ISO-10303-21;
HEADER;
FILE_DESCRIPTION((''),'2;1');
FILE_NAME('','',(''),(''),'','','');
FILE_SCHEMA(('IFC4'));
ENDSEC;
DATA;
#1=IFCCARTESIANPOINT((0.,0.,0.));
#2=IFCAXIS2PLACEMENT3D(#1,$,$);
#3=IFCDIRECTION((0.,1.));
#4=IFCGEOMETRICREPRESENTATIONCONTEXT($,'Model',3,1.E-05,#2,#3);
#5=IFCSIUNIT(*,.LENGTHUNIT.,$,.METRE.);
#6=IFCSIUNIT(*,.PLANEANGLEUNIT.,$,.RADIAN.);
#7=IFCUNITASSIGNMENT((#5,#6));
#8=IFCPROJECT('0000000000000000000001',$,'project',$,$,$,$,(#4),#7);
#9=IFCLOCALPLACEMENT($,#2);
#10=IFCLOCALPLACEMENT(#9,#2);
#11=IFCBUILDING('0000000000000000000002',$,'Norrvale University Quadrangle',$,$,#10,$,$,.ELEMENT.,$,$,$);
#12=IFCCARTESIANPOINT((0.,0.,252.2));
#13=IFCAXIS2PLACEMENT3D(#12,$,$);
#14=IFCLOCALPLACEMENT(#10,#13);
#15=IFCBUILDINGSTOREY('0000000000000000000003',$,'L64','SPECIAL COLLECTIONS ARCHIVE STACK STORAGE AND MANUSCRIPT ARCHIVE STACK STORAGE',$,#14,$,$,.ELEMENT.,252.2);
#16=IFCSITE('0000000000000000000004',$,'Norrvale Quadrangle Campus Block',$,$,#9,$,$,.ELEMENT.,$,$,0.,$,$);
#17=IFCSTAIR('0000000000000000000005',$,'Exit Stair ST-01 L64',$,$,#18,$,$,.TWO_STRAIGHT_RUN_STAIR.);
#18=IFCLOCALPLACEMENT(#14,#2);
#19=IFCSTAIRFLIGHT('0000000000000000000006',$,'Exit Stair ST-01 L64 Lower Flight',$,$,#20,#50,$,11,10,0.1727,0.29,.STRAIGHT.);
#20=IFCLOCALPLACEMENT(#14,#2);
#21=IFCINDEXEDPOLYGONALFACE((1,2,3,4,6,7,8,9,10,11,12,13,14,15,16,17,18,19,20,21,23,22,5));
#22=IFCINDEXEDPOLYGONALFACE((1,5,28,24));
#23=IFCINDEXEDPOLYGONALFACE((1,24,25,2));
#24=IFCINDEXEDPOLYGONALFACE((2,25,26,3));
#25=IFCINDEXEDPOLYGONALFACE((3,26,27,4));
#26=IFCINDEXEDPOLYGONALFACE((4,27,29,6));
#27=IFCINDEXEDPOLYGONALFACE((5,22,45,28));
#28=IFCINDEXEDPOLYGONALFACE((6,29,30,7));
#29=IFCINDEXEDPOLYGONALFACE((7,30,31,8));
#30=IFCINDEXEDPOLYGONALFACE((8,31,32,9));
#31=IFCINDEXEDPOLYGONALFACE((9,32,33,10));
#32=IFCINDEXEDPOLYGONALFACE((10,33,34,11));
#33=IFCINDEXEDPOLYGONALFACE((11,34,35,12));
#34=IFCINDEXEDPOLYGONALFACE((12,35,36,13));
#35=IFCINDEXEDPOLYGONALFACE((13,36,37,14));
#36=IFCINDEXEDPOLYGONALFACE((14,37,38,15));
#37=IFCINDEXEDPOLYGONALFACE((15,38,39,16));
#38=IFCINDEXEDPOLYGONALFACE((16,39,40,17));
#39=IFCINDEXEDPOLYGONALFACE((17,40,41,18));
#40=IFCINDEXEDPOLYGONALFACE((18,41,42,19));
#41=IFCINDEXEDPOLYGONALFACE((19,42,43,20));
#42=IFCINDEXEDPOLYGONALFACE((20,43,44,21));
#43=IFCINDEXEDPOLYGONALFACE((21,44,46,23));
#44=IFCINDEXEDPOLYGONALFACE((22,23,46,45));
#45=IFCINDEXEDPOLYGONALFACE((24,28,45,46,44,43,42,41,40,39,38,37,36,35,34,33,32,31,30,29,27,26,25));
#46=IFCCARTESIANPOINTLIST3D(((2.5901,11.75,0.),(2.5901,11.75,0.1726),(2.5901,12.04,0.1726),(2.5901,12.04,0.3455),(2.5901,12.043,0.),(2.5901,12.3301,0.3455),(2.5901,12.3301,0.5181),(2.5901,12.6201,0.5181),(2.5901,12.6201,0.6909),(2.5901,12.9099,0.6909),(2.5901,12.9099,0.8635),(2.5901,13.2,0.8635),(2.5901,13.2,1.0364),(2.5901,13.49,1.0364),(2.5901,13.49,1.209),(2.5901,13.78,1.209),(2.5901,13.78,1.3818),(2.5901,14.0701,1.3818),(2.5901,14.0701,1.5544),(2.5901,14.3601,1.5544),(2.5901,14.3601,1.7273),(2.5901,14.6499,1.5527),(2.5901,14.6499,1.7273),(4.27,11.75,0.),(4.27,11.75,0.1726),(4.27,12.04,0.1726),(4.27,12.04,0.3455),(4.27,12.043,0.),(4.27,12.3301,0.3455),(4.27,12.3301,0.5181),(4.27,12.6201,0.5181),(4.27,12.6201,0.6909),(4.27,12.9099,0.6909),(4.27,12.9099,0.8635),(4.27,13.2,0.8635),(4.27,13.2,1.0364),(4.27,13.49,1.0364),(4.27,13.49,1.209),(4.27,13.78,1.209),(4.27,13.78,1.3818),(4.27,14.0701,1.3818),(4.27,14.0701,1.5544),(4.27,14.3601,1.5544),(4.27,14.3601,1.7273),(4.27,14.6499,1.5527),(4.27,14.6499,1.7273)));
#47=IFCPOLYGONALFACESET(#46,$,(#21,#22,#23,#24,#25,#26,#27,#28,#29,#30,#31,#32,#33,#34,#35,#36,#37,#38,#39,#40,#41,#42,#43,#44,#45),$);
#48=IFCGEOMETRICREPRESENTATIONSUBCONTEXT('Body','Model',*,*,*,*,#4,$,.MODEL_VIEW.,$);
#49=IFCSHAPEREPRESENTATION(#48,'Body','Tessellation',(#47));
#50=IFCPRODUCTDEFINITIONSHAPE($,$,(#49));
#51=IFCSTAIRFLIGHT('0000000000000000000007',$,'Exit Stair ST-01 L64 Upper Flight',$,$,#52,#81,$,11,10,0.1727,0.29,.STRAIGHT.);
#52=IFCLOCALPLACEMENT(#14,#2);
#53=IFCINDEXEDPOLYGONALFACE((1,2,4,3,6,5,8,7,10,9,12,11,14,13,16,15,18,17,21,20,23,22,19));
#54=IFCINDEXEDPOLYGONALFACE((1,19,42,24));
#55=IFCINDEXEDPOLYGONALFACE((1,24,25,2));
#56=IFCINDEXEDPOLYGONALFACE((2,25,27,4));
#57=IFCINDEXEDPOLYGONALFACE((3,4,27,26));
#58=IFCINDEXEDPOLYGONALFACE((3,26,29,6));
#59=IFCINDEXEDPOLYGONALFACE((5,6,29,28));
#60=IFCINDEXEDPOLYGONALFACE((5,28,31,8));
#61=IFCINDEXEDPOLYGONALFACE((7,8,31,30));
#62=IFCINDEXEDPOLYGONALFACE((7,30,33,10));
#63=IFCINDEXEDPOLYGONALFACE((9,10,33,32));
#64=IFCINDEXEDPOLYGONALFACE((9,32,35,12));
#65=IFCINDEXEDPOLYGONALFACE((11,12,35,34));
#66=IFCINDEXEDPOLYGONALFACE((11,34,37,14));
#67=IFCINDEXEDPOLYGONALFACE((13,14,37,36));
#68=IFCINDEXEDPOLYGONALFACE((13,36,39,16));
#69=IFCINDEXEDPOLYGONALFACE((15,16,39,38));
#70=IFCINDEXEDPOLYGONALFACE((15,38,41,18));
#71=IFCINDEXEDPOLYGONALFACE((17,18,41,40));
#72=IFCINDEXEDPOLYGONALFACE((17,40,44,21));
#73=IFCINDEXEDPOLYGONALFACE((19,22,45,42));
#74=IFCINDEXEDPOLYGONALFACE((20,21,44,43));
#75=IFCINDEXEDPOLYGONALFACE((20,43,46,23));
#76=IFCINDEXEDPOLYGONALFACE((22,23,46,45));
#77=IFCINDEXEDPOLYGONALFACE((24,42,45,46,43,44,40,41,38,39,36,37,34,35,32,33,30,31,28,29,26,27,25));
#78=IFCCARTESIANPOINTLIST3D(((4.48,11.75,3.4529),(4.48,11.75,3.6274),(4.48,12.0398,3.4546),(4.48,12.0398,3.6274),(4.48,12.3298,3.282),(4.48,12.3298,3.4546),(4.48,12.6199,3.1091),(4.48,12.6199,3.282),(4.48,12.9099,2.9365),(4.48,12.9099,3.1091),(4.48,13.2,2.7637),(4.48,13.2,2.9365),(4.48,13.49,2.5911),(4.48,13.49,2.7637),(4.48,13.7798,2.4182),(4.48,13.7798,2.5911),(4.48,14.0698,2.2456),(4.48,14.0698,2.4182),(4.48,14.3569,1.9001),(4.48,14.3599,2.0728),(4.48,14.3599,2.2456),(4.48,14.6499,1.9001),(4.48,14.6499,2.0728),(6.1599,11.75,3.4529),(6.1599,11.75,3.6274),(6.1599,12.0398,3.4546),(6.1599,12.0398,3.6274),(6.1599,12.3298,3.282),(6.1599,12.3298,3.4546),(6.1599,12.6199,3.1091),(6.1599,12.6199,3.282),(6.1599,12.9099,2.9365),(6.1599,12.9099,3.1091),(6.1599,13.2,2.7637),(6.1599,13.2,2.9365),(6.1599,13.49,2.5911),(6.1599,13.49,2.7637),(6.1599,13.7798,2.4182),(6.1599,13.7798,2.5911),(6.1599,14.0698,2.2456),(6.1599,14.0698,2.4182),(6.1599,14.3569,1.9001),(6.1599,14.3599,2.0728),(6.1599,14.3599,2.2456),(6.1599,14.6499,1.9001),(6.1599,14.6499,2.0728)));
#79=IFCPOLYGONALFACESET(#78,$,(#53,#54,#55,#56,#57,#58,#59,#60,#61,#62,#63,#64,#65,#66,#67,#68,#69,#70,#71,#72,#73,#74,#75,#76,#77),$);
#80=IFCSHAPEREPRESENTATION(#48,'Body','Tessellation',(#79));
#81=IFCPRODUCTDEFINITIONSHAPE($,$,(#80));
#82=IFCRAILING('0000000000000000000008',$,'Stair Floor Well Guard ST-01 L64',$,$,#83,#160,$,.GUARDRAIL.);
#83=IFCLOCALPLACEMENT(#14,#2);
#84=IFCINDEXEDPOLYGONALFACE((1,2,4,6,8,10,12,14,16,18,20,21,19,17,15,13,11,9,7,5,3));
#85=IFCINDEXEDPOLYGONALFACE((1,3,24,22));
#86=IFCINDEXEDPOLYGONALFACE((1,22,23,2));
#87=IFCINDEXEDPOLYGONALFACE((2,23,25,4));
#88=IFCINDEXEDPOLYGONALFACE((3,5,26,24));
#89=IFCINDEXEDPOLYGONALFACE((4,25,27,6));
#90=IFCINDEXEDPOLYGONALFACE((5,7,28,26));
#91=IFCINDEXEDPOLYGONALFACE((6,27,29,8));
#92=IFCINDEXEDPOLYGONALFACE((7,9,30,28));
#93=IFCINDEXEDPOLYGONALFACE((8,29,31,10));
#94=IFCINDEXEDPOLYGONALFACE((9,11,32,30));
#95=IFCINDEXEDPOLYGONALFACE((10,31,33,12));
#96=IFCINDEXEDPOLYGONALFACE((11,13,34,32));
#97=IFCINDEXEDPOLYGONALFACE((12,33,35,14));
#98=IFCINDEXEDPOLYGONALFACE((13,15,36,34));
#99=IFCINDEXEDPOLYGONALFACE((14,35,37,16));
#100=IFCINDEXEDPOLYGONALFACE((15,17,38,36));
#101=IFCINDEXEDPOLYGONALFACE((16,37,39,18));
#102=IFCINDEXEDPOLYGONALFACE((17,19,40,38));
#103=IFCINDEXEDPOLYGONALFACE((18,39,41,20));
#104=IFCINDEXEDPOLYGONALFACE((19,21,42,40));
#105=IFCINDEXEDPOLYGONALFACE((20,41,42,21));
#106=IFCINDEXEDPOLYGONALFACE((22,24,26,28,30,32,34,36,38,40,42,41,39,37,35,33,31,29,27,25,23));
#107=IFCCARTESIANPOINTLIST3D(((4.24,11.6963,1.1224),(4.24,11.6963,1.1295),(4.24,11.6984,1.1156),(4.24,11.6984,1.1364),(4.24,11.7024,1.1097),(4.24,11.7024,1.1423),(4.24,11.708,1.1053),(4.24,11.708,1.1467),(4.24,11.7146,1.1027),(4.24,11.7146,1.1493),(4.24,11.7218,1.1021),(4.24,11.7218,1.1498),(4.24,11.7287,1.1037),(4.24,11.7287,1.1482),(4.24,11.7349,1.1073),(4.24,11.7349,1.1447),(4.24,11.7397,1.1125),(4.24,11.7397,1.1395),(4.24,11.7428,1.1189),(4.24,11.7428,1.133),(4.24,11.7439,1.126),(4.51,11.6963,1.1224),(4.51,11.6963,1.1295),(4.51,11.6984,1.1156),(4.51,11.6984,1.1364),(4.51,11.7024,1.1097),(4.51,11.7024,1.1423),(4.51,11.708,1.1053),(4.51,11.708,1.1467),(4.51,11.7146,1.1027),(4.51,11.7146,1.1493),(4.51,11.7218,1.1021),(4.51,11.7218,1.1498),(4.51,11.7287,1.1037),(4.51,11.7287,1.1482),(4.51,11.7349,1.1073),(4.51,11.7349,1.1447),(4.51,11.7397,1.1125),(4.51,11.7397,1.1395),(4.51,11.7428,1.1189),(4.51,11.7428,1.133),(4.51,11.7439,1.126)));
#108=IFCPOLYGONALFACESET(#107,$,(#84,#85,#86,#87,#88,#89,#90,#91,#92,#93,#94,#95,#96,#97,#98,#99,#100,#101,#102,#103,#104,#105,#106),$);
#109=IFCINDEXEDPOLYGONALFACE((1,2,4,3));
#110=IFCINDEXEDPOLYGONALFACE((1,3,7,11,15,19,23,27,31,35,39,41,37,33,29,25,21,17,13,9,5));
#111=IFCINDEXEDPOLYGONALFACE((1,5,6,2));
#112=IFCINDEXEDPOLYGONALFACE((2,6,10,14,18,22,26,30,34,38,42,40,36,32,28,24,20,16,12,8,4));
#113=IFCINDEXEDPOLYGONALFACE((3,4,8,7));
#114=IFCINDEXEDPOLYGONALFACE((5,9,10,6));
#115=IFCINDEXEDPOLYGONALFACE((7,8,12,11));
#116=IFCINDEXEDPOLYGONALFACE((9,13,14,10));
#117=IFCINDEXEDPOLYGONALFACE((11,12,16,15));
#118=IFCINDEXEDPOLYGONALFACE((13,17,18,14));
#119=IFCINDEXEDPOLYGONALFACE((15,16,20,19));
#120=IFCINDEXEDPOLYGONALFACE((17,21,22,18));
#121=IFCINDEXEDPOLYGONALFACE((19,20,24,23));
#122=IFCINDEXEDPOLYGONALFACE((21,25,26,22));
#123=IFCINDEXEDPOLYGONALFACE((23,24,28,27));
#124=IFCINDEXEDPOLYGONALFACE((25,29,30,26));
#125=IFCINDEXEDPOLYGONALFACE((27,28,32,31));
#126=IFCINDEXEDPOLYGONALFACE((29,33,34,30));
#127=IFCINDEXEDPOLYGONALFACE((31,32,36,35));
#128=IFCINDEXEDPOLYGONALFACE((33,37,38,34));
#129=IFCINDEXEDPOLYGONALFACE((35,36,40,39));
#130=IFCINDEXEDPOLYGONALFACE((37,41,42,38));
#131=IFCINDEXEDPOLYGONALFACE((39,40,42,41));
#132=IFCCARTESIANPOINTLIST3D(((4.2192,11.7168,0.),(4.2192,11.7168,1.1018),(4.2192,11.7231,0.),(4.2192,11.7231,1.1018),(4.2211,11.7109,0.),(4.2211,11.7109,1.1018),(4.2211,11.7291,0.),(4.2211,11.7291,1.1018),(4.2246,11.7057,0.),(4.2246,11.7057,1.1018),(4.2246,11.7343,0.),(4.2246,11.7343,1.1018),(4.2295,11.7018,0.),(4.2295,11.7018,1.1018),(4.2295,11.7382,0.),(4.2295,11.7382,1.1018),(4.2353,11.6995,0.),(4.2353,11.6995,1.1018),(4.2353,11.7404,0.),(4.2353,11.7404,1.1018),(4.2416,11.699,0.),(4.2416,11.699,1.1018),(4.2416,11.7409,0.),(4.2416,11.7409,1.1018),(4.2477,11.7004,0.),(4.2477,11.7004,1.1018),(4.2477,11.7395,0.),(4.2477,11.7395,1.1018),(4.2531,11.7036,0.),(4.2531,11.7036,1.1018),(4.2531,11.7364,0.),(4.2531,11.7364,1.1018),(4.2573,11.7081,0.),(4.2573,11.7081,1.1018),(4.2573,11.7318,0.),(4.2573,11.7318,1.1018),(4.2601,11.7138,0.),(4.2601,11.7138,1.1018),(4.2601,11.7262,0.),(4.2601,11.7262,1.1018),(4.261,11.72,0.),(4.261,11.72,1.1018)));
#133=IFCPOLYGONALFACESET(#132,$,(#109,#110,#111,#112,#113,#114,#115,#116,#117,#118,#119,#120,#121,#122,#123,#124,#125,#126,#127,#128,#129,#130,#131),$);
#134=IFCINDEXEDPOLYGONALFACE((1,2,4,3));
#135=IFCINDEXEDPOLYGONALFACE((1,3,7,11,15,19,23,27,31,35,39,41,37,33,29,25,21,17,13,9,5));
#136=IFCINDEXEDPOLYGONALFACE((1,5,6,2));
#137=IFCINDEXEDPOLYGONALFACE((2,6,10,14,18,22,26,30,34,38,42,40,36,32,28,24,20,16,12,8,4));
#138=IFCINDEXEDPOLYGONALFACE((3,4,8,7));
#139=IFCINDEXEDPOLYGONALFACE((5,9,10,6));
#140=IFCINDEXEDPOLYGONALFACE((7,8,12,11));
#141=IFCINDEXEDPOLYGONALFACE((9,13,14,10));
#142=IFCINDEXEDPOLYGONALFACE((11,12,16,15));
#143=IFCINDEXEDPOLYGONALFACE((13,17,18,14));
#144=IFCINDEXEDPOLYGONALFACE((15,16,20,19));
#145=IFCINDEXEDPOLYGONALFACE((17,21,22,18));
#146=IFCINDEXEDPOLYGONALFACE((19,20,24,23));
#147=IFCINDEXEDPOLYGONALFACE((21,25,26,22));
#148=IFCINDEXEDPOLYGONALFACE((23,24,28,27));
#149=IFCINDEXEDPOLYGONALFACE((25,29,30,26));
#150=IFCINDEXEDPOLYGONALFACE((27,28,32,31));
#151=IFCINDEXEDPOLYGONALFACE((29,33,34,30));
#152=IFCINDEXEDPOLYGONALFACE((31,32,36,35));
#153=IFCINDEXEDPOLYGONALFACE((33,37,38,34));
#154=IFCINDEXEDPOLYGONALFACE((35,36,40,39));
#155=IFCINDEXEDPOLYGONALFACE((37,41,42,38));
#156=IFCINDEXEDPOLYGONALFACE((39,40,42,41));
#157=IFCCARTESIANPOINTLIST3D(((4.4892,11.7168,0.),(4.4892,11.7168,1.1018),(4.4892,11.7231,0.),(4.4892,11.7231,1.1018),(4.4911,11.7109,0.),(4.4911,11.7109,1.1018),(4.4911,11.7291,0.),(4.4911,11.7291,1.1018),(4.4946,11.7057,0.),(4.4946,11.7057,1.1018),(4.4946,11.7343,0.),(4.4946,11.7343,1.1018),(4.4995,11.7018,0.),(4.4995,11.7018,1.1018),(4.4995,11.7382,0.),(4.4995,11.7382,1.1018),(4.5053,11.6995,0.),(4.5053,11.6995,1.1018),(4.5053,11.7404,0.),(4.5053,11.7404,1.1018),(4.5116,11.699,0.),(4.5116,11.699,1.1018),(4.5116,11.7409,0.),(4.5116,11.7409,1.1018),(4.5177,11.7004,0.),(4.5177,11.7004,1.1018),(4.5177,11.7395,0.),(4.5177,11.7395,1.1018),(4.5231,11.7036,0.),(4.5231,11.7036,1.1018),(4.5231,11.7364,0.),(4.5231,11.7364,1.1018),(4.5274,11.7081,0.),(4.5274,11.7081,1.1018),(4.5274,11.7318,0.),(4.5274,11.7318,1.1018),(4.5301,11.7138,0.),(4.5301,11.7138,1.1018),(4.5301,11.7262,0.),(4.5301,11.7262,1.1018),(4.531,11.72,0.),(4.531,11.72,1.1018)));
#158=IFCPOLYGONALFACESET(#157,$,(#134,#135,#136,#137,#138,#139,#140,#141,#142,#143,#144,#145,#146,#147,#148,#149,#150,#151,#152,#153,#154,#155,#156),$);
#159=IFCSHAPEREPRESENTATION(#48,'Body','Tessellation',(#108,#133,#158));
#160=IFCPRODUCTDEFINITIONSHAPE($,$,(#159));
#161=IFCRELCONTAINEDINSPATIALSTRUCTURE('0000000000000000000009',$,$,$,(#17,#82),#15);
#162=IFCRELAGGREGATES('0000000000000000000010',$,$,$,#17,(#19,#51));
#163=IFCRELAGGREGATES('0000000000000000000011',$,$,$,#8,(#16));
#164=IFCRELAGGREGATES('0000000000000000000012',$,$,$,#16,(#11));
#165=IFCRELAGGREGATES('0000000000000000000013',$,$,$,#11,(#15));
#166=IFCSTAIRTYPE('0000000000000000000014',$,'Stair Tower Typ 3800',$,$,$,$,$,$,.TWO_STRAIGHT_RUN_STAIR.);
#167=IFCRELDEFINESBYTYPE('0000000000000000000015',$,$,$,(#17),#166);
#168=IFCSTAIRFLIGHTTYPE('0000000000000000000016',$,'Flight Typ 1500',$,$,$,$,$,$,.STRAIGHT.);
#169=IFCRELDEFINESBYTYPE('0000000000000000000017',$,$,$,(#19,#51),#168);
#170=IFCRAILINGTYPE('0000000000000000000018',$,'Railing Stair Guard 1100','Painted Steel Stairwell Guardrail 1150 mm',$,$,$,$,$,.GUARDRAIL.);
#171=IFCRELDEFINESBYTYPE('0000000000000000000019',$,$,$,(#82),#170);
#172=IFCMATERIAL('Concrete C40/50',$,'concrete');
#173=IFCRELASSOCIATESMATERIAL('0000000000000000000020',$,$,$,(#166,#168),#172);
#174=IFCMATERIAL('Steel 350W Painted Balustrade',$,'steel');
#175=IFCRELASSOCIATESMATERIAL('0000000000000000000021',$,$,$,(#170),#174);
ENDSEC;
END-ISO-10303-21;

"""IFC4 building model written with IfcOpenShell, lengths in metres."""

from ifc_helpers import new_model, si_unit, direction, frame, origin, origin_2d, place, context, subcontext, project, spatial, polyline, circle, outline, extrude, material, type_object, element, aggregate, save


model = new_model("IFC4")

# Units and contexts
model_context = context("Model", 3, precision=1e-05, world=origin(), true_north=direction((0.0, 1.0)))
body_context = subcontext(model_context, "Body", "Model", "MODEL_VIEW")
ifc_project = project(units=[si_unit("LENGTHUNIT", "METRE"), si_unit("PLANEANGLEUNIT", "RADIAN")], contexts=[model_context])

# Site, building, storey
site_placement = place(None, origin())
site = spatial("IfcSite", under=ifc_project, at=site_placement, Name="Norrvale Quadrangle Campus Block", CompositionType="ELEMENT", RefElevation=0.0)
building_placement = place(site_placement, origin())
building = spatial("IfcBuilding", under=site, at=building_placement, Name="Norrvale University Quadrangle", CompositionType="ELEMENT")
storey_placement = place(building_placement, frame((0.0, 0.0, 252.2)))
storey = spatial("IfcBuildingStorey", under=building, at=storey_placement, Name="L64", Description="SPECIAL COLLECTIONS ARCHIVE STACK STORAGE AND MANUSCRIPT ARCHIVE STACK STORAGE", CompositionType="ELEMENT", Elevation=252.2)

# Stair, stair flights
ifc_material_1 = material(Name="Concrete C40/50", Category="concrete")
stair_type = type_object("IfcStairType", Name="Stair Tower Typ 3800", PredefinedType="TWO_STRAIGHT_RUN_STAIR", material=ifc_material_1)
stair_placement = place(storey_placement, origin())
stair = element("IfcStair", 1, at=stair_placement, inside=storey, type_object=stair_type, Name="Exit Stair ST-01 L64", PredefinedType="TWO_STRAIGHT_RUN_STAIR")
stair_flight_type = type_object("IfcStairFlightType", Name="Flight Typ 1500", PredefinedType="STRAIGHT", material=ifc_material_1)
stair_flight_1_placement = place(storey_placement, frame((3.4299, 11.75, 0.0), z_axis=(0.0, 0.0, 1.0), x_axis=(0.0, 1.0, 0.0)))
stair_flight_1 = element("IfcStairFlight", 2, at=stair_flight_1_placement, type_object=stair_flight_type, Name="Exit Stair ST-01 L64 Lower Flight", NumberOfRisers=11, NumberOfTreads=10, PredefinedType="STRAIGHT", RiserHeight=0.1727, TreadLength=0.29, context=body_context, shape_type="SweptSolid", body=[
    extrude(outline(polyline([(0.0, 0.0), (0.0, 0.1726), (0.29, 0.1726), (0.29, 0.3455), (0.5801, 0.3455), (0.5801, 0.5181), (0.8701, 0.5181), (0.8701, 0.6909), (1.1599, 0.6909), (1.1599, 0.8635), (1.45, 0.8635), (1.45, 1.0364), (1.74, 1.0364), (1.74, 1.209), (2.03, 1.209), (2.03, 1.3818), (2.3201, 1.3818), (2.3201, 1.5544), (2.6101, 1.5544), (2.6101, 1.7273), (2.8999, 1.7273), (2.8999, 1.8999), (2.8999, 1.5527), (0.293, 0.0), (0.0, 0.0)])), frame((0.0, 0.8398, 0.0), z_axis=(0.0, -1.0, 0.0), x_axis=(1.0, 0.0, 0.0)), (0.0, 0.0, 1.0), 1.6799),
])
stair_flight_2_placement = place(storey_placement, frame((5.3201, 14.6499, 1.9001), z_axis=(0.0, 0.0, 1.0), x_axis=(0.0, -1.0, 0.0)))
stair_flight_2 = element("IfcStairFlight", 3, at=stair_flight_2_placement, type_object=stair_flight_type, Name="Exit Stair ST-01 L64 Upper Flight", NumberOfRisers=11, NumberOfTreads=10, PredefinedType="STRAIGHT", RiserHeight=0.1727, TreadLength=0.29, context=body_context, shape_type="SweptSolid", body=[
    extrude(outline(polyline([(0.0, 0.0), (0.0, 0.1726), (0.29, 0.1726), (0.29, 0.3455), (0.5801, 0.3455), (0.5801, 0.5181), (0.8701, 0.5181), (0.8701, 0.6909), (1.1599, 0.6909), (1.1599, 0.8635), (1.45, 0.8635), (1.45, 1.0364), (1.74, 1.0364), (1.74, 1.209), (2.03, 1.209), (2.03, 1.3818), (2.3201, 1.3818), (2.3201, 1.5544), (2.6101, 1.5544), (2.6101, 1.7273), (2.8999, 1.7273), (2.8999, 1.8999), (2.8999, 1.5527), (0.293, 0.0), (0.0, 0.0)])), frame((0.0, 0.8398, 0.0), z_axis=(0.0, -1.0, 0.0), x_axis=(1.0, 0.0, 0.0)), (0.0, 0.0, 1.0), 1.6799),
])
aggregate(stair, [stair_flight_1, stair_flight_2])

# Railing
ifc_material_2 = material(Name="Steel 350W Painted Balustrade", Category="steel")
railing_type_1 = type_object("IfcRailingType", Name="Railing Stair Guard 1100", Description="Painted Steel Stairwell Guardrail 1150 mm", PredefinedType="GUARDRAIL", material=ifc_material_2)
for number, where, name in (
    (4, (4.24, 11.72, 0.0), "Stair Floor Well Guard ST-01 L64"),
):
    element("IfcRailing", number, at=place(storey_placement, frame(where)), inside=storey, type_object=railing_type_1, Name=name, PredefinedType="GUARDRAIL", context=body_context, shape_type="SweptSolid", body=[
        extrude(circle(Radius=0.0239, at=origin_2d()), frame((0.0, 0.0, 1.126), z_axis=(1.0, 0.0, 0.0), x_axis=(0.0, 1.0, 0.0)), (0.0, 0.0, 1.0), 0.27),
        extrude(circle(Radius=0.021, at=origin_2d()), origin(), (0.0, 0.0, 1.0), 1.1018),
        extrude(circle(Radius=0.021, at=origin_2d()), frame((0.27, 0.0, 0.0)), (0.0, 0.0, 1.0), 1.1018),
    ])

save(model, "model.ifc")
